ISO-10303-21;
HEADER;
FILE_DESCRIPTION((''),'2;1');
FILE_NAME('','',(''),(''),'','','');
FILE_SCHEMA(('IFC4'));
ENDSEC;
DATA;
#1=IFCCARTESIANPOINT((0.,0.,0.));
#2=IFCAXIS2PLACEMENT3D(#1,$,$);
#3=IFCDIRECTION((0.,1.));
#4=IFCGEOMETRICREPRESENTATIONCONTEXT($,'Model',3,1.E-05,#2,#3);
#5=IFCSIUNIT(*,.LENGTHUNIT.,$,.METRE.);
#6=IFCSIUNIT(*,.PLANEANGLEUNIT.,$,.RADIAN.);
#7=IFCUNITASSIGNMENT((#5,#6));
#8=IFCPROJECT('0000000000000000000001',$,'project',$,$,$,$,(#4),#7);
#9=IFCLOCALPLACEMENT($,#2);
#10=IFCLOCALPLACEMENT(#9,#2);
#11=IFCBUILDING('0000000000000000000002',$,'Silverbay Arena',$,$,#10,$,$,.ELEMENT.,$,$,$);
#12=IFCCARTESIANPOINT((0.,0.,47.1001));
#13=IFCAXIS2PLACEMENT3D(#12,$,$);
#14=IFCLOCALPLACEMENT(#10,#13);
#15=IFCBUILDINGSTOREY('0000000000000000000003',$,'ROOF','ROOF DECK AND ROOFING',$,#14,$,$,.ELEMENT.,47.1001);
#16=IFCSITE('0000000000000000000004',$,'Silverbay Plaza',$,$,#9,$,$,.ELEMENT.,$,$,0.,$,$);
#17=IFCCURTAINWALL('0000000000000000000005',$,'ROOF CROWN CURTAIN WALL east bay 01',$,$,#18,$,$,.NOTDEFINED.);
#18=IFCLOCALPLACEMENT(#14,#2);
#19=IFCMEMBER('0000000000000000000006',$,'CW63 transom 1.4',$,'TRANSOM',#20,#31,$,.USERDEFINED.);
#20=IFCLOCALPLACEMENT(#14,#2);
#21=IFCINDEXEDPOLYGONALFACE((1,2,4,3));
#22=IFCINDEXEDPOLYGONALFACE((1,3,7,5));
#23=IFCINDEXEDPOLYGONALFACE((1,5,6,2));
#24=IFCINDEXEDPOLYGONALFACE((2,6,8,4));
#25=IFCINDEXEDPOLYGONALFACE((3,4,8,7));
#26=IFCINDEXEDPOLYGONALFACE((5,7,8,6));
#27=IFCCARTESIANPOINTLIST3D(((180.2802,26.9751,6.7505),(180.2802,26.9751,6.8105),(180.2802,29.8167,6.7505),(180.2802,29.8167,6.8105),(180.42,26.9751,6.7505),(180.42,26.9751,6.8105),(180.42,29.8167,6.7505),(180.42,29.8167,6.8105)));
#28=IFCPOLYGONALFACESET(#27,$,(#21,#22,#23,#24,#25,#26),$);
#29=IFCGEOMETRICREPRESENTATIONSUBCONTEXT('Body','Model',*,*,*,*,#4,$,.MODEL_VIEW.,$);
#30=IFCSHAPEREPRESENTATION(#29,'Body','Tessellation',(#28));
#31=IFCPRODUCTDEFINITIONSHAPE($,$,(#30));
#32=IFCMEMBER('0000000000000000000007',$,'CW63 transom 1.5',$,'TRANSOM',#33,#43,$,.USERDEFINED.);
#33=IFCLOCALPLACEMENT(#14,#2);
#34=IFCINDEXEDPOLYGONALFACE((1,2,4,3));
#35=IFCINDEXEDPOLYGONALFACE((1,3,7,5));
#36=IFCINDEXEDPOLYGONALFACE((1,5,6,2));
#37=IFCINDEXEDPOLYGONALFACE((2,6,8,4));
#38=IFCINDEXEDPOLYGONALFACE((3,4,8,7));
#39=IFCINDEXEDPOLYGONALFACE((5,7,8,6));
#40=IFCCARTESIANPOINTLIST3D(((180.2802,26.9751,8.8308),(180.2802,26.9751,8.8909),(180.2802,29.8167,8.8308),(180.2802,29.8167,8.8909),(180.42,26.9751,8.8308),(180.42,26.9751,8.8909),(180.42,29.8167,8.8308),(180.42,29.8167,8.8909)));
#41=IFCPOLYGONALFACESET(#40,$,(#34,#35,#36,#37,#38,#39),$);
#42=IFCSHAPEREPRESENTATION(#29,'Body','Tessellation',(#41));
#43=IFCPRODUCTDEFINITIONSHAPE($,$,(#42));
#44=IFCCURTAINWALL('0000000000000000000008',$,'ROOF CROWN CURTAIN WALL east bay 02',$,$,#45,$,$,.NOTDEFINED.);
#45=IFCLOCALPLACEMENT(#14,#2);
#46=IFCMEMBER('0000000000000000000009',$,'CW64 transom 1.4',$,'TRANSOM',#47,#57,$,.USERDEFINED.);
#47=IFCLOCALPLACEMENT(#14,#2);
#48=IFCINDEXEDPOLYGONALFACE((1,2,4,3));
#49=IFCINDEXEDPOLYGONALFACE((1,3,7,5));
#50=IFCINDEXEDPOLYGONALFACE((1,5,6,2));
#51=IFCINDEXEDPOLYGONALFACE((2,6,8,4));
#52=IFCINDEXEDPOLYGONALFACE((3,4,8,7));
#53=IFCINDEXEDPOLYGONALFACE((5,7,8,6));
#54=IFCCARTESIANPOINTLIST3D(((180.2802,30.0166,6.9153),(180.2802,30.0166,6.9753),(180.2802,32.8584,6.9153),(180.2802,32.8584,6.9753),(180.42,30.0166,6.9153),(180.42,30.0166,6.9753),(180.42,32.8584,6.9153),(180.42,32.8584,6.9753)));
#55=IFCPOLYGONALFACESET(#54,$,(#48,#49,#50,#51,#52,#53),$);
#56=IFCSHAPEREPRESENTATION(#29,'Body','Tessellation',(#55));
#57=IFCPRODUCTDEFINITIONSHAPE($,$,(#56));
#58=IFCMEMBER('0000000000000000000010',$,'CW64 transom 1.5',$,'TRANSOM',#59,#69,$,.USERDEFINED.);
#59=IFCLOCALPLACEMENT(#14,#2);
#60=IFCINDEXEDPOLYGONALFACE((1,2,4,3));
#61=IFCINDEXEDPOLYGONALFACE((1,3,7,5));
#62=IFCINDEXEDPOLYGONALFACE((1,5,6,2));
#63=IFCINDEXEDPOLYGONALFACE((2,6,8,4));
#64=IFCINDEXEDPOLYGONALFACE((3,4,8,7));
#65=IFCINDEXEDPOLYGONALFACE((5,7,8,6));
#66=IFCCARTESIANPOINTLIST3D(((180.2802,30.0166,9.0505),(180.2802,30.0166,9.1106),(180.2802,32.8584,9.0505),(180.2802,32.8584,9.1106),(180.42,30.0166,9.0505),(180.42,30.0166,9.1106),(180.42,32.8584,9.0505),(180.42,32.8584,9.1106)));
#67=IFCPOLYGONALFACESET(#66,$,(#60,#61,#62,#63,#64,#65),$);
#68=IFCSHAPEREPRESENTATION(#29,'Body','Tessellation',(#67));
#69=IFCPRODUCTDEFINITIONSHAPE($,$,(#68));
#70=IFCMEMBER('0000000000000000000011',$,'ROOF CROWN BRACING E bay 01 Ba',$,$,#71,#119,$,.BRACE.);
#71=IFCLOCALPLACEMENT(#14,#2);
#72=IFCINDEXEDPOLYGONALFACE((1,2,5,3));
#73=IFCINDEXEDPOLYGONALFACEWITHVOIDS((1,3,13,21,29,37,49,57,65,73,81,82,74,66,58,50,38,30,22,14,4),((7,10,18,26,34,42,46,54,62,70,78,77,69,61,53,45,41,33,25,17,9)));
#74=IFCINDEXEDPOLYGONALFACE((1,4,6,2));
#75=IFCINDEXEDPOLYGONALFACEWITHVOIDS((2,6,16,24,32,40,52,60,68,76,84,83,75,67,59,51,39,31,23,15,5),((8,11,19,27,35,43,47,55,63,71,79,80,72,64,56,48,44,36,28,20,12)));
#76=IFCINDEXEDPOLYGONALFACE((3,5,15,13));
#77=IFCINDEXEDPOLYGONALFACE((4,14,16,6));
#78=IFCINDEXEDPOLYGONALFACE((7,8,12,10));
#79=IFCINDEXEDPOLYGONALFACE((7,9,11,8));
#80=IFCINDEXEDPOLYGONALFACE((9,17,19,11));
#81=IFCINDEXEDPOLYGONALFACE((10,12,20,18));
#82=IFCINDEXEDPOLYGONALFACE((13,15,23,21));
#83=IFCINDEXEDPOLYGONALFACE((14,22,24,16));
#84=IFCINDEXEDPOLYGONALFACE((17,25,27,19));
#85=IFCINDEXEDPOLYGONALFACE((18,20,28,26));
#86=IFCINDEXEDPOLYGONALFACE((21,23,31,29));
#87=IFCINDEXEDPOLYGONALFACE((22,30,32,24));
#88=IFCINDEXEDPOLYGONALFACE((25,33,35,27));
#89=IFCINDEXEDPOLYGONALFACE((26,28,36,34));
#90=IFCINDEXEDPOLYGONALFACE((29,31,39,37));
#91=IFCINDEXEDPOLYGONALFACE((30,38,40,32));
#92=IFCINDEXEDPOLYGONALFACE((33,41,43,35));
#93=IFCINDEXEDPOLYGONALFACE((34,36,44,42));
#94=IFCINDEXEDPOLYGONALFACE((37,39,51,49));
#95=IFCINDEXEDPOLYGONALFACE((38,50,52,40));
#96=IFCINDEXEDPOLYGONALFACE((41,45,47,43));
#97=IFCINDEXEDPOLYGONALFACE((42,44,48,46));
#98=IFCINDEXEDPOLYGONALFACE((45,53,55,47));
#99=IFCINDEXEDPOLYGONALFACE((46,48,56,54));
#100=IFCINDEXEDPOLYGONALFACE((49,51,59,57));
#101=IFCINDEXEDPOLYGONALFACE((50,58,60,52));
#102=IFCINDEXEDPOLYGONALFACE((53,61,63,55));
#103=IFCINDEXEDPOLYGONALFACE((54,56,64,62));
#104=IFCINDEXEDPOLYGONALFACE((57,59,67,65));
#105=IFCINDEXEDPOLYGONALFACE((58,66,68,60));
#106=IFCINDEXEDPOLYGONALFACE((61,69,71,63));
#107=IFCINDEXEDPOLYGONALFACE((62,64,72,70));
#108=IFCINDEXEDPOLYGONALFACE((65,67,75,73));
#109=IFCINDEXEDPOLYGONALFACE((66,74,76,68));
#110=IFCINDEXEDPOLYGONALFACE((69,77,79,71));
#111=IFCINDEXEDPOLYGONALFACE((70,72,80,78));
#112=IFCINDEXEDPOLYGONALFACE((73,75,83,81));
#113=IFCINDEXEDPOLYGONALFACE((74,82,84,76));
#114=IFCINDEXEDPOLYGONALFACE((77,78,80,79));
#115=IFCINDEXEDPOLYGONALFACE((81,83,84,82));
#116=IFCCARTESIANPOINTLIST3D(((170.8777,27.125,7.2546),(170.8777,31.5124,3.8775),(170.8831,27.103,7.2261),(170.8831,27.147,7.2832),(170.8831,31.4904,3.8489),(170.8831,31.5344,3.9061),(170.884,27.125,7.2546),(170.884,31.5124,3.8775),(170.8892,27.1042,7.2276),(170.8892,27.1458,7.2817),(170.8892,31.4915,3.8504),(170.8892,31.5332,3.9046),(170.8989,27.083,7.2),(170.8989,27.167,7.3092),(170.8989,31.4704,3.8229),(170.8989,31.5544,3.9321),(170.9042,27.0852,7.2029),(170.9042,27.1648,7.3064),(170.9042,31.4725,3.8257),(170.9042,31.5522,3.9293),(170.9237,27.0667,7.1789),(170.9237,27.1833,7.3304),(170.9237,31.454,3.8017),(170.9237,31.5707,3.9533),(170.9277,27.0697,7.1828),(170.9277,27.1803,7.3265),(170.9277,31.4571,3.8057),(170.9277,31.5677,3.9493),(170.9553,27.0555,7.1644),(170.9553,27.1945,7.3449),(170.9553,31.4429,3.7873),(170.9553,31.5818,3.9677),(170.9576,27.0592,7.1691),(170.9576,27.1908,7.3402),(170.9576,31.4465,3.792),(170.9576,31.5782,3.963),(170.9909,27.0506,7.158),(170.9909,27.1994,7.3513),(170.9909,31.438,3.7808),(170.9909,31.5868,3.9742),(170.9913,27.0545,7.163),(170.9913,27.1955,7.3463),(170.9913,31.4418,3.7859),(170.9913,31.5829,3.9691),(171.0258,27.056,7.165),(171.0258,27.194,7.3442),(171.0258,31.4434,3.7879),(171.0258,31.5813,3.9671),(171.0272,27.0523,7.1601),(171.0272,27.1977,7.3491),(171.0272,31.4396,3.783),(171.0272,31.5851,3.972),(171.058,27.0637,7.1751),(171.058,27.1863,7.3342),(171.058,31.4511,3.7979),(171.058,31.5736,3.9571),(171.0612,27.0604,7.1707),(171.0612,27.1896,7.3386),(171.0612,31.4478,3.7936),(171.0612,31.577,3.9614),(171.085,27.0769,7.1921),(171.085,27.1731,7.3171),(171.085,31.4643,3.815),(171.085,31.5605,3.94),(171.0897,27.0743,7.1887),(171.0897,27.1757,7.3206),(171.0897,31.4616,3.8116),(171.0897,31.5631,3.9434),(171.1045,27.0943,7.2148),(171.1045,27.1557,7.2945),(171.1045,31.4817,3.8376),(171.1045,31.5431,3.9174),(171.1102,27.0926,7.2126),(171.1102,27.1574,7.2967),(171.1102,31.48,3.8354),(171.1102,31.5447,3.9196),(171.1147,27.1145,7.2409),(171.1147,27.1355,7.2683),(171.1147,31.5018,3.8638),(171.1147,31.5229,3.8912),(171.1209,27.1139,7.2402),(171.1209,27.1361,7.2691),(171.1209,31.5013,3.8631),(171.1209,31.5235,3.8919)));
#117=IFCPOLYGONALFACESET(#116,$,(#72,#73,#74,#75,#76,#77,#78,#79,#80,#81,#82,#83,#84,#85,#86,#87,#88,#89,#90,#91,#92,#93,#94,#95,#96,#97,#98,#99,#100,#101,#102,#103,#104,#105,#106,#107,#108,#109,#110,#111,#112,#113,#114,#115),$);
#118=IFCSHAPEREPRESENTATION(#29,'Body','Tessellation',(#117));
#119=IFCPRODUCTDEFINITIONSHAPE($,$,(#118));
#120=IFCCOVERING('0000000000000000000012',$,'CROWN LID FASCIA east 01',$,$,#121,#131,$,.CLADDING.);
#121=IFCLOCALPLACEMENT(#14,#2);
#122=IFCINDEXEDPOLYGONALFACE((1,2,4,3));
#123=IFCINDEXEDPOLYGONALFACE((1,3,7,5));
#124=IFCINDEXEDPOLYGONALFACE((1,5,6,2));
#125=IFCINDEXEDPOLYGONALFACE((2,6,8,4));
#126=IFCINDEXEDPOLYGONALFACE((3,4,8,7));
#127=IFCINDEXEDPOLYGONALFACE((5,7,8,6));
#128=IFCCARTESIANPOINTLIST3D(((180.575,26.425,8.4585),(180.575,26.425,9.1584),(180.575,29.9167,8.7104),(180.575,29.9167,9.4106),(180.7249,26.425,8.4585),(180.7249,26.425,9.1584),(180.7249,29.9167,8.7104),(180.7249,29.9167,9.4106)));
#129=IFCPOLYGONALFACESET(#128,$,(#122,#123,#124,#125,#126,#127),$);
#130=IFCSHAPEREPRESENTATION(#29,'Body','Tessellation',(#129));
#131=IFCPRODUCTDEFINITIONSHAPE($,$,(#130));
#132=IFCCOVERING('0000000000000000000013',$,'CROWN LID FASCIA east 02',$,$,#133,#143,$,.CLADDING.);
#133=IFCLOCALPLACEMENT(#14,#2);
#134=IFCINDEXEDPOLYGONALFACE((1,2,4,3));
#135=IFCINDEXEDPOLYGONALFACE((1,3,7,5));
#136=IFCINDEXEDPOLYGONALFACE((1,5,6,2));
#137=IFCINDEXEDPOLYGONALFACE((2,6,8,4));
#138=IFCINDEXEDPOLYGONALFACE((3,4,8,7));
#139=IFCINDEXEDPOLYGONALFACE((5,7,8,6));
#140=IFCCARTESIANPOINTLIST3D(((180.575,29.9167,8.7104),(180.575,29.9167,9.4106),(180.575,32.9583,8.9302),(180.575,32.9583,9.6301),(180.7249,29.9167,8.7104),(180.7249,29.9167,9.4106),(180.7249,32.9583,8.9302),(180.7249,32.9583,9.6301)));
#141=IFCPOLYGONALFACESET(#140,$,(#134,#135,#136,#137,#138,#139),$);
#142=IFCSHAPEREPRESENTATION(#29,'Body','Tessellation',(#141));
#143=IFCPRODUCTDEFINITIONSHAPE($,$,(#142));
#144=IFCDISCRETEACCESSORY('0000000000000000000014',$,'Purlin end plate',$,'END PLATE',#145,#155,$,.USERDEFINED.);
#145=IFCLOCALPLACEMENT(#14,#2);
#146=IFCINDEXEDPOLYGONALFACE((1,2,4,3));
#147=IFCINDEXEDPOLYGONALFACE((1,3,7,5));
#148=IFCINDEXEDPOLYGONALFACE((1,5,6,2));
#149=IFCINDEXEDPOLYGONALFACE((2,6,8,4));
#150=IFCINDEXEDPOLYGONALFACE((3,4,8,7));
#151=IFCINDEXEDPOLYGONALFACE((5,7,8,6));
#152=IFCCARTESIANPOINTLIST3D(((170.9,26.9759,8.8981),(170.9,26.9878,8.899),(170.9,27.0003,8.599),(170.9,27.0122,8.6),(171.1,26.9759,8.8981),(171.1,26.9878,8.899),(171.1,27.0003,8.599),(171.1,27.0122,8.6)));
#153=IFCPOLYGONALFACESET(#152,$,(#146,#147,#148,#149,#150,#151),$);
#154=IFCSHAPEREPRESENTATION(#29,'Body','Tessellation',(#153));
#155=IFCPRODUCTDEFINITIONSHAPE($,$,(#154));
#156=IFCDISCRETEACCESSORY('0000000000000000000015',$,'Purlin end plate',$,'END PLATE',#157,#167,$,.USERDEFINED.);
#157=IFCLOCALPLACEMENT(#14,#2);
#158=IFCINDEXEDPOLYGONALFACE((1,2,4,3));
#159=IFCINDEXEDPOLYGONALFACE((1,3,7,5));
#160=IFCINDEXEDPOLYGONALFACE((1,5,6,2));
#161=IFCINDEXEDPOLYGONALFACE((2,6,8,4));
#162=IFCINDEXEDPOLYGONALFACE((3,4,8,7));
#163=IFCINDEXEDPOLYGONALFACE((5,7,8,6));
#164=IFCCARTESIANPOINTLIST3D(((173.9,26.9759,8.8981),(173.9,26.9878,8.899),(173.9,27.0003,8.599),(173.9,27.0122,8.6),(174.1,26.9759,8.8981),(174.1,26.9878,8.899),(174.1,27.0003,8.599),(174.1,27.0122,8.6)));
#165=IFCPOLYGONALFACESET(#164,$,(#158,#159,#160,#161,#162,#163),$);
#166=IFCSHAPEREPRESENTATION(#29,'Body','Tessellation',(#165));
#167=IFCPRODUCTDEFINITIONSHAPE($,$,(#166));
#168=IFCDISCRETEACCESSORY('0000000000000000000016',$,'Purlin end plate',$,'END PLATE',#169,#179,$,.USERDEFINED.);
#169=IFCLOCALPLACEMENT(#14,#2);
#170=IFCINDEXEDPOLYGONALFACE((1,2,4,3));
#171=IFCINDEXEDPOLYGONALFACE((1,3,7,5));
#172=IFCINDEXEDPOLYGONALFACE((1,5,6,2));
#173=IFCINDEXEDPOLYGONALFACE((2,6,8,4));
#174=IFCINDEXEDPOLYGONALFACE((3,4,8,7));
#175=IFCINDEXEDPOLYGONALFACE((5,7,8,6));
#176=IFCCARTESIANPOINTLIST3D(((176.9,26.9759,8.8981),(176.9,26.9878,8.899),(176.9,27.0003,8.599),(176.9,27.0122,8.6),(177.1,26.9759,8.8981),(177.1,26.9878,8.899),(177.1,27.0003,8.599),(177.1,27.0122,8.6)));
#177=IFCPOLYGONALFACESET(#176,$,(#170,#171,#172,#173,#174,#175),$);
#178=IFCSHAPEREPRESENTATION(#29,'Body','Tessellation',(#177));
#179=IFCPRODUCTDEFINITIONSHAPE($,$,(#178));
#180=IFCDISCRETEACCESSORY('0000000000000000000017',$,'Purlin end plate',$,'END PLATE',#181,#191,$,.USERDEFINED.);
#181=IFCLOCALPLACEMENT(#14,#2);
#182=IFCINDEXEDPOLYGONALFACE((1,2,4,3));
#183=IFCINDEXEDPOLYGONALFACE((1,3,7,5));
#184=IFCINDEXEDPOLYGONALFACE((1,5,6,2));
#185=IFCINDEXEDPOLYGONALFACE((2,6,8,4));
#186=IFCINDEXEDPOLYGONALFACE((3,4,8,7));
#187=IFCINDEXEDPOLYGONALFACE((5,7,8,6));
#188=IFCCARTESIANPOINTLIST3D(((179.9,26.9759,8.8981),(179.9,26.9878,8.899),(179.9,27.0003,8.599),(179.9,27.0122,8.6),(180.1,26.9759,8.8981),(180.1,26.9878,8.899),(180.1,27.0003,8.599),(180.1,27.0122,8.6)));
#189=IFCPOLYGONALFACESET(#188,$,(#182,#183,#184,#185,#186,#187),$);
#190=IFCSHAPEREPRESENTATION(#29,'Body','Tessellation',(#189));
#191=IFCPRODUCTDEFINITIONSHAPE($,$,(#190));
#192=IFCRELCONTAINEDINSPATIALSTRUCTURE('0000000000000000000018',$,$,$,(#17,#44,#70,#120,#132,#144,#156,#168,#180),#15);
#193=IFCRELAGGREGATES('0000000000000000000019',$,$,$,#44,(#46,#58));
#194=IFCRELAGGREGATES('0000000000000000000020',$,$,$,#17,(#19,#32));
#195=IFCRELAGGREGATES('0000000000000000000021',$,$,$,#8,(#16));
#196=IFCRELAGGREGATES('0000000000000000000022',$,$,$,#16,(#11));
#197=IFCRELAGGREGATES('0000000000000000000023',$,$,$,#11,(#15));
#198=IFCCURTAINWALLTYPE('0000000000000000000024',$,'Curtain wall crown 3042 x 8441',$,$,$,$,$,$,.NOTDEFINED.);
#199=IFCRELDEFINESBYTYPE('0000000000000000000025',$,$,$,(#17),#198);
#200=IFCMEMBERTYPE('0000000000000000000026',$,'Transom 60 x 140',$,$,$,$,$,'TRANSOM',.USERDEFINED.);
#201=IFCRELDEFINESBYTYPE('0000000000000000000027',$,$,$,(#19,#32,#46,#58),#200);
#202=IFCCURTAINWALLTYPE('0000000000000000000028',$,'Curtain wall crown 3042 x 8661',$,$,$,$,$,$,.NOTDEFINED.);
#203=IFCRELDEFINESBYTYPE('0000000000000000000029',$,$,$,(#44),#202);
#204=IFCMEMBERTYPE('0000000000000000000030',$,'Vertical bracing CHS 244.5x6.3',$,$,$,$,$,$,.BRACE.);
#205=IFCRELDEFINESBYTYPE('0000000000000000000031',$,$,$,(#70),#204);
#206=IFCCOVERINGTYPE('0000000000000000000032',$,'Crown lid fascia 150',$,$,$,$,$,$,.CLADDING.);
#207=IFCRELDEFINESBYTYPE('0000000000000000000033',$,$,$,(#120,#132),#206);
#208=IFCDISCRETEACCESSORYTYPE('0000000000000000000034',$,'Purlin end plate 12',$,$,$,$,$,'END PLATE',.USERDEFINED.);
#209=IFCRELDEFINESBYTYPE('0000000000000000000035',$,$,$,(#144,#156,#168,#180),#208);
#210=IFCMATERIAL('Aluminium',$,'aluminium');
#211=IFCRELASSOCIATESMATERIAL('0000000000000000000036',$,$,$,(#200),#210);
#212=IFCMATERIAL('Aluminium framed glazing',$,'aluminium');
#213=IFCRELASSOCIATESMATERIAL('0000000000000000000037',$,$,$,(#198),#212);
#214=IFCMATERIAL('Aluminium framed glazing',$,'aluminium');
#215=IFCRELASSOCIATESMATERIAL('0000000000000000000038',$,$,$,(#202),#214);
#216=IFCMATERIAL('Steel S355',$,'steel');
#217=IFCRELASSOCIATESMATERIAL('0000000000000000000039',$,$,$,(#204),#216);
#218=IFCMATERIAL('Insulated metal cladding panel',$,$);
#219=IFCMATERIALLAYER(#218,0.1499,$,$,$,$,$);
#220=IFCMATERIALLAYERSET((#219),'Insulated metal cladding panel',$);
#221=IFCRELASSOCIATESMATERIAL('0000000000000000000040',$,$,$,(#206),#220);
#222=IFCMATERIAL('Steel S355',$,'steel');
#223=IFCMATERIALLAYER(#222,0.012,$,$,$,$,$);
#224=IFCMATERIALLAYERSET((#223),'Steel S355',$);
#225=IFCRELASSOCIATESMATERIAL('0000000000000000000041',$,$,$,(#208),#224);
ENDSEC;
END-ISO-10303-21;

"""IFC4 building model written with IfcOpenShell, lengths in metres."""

from ifc_helpers import new_model, si_unit, direction, frame, origin, origin_2d, place, context, subcontext, project, spatial, polyline, rectangle, hollow_circle, outline, extrude, material, layer, layer_set, material_profile, profile_set, type_object, element, aggregate, save


model = new_model("IFC4")

# Units and contexts
model_context = context("Model", 3, precision=1e-05, world=origin(), true_north=direction((0.0, 1.0)))
body_context = subcontext(model_context, "Body", "Model", "MODEL_VIEW")
ifc_project = project(units=[si_unit("LENGTHUNIT", "METRE"), si_unit("PLANEANGLEUNIT", "RADIAN")], contexts=[model_context])

# Site, building, storey
site_placement = place(None, origin())
site = spatial("IfcSite", under=ifc_project, at=site_placement, Name="Silverbay Plaza", CompositionType="ELEMENT", RefElevation=0.0)
building_placement = place(site_placement, origin())
building = spatial("IfcBuilding", under=site, at=building_placement, Name="Silverbay Arena", CompositionType="ELEMENT")
storey_placement = place(building_placement, frame((0.0, 0.0, 47.1001)))
storey = spatial("IfcBuildingStorey", under=building, at=storey_placement, Name="ROOF", Description="ROOF DECK AND ROOFING", CompositionType="ELEMENT", Elevation=47.1001)

# Curtain walls, members
ifc_material_1 = material(Name="Aluminium", Category="aluminium")
ifc_material_profile_1 = material_profile(ifc_material_1, rectangle(XDim=0.1399, YDim=0.0601, at=origin_2d()), Name="Transom 60 x 140")
ifc_profile_set_1 = profile_set([ifc_material_profile_1], Name="Aluminium")
member_type_1 = type_object("IfcMemberType", Name="Transom 60 x 140", ElementType="TRANSOM", PredefinedType="USERDEFINED", material=ifc_profile_set_1)
placement = place(building_placement, frame((0.0, 0.0, 33.5)))
ifc_material_2 = material(Name="Aluminium framed glazing", Category="aluminium")
curtain_wall_type_1 = type_object("IfcCurtainWallType", Name="Curtain wall crown 3042 x 8441", PredefinedType="NOTDEFINED", material=ifc_material_2)
curtain_wall_1_placement = place(storey_placement, origin())
curtain_wall_1 = element("IfcCurtainWall", 1, at=curtain_wall_1_placement, inside=storey, type_object=curtain_wall_type_1, Name="ROOF CROWN CURTAIN WALL east bay 01", PredefinedType="NOTDEFINED")
member_1_placement = place(placement, frame((180.3501, 26.9751, 20.3806), z_axis=(0.0, 1.0, 0.0), x_axis=(-1.0, 0.0, 0.0)))
member_1 = element("IfcMember", 2, at=member_1_placement, type_object=member_type_1, Name="CW63 transom 1.4", ObjectType="TRANSOM", PredefinedType="USERDEFINED", context=body_context, shape_type="SweptSolid", body=[
    extrude(rectangle(XDim=0.1399, YDim=0.0601, at=origin_2d()), origin(), (0.0, 0.0, 1.0), 2.8416),
])
member_2_placement = place(placement, frame((180.3501, 26.9751, 22.4609), z_axis=(0.0, 1.0, 0.0), x_axis=(-1.0, 0.0, 0.0)))
member_2 = element("IfcMember", 3, at=member_2_placement, type_object=member_type_1, Name="CW63 transom 1.5", ObjectType="TRANSOM", PredefinedType="USERDEFINED", context=body_context, shape_type="SweptSolid", body=[
    extrude(rectangle(XDim=0.1399, YDim=0.0601, at=origin_2d()), origin(), (0.0, 0.0, 1.0), 2.8416),
])
ifc_material_3 = material(Name="Aluminium framed glazing", Category="aluminium")
curtain_wall_type_2 = type_object("IfcCurtainWallType", Name="Curtain wall crown 3042 x 8661", PredefinedType="NOTDEFINED", material=ifc_material_3)
curtain_wall_2_placement = place(storey_placement, origin())
curtain_wall_2 = element("IfcCurtainWall", 4, at=curtain_wall_2_placement, inside=storey, type_object=curtain_wall_type_2, Name="ROOF CROWN CURTAIN WALL east bay 02", PredefinedType="NOTDEFINED")
member_3_placement = place(placement, frame((180.3501, 30.0166, 20.5454), z_axis=(0.0, 1.0, 0.0), x_axis=(-1.0, 0.0, 0.0)))
member_3 = element("IfcMember", 5, at=member_3_placement, type_object=member_type_1, Name="CW64 transom 1.4", ObjectType="TRANSOM", PredefinedType="USERDEFINED", context=body_context, shape_type="SweptSolid", body=[
    extrude(rectangle(XDim=0.1399, YDim=0.0601, at=origin_2d()), origin(), (0.0, 0.0, 1.0), 2.8418),
])
member_4_placement = place(placement, frame((180.3501, 30.0166, 22.6807), z_axis=(0.0, 1.0, 0.0), x_axis=(-1.0, 0.0, 0.0)))
member_4 = element("IfcMember", 6, at=member_4_placement, type_object=member_type_1, Name="CW64 transom 1.5", ObjectType="TRANSOM", PredefinedType="USERDEFINED", context=body_context, shape_type="SweptSolid", body=[
    extrude(rectangle(XDim=0.1399, YDim=0.0601, at=origin_2d()), origin(), (0.0, 0.0, 1.0), 2.8418),
])
aggregate(curtain_wall_2, [member_3, member_4])

# Member
ifc_material_4 = material(Name="Steel S355", Category="steel")
ifc_material_profile_2 = material_profile(ifc_material_4, hollow_circle(Radius=0.1223, WallThickness=0.0063, at=origin_2d()), Name="CHS 244.5x6.3")
ifc_profile_set_2 = profile_set([ifc_material_profile_2], Name="Steel S355")
member_type_2 = type_object("IfcMemberType", Name="Vertical bracing CHS 244.5x6.3", PredefinedType="BRACE", material=ifc_profile_set_2)
member_5_placement = place(storey_placement, frame((171.0, 27.125, 7.2546), z_axis=(0.0, 0.792429, -0.609964), x_axis=(-1.0, 0.0, 0.0)))
element("IfcMember", 7, at=member_5_placement, inside=storey, type_object=member_type_2, Name="ROOF CROWN BRACING E bay 01 Ba", PredefinedType="BRACE", context=body_context, shape_type="SweptSolid", body=[
    extrude(hollow_circle(Radius=0.1223, WallThickness=0.0063, at=origin_2d()), origin(), (0.0, 0.0, 1.0), 5.5366),
])

aggregate(curtain_wall_1, [member_1, member_2])

# Coverings
ifc_material_5 = material(Name="Insulated metal cladding panel")
ifc_layer_1 = layer(ifc_material_5, 0.1499)
ifc_layer_set_1 = layer_set([ifc_layer_1], Name="Insulated metal cladding panel")
covering_type = type_object("IfcCoveringType", Name="Crown lid fascia 150", PredefinedType="CLADDING", material=ifc_layer_set_1)
covering_1_placement = place(storey_placement, frame((180.575, 26.425, 9.1584), z_axis=(-1.0, 0.0, 0.0), x_axis=(0.0, 0.997402, 0.07204)))
element("IfcCovering", 8, at=covering_1_placement, inside=storey, type_object=covering_type, Name="CROWN LID FASCIA east 01", PredefinedType="CLADDING", context=body_context, shape_type="SweptSolid", body=[
    extrude(outline(polyline([(0.0, 0.0), (3.5008, 0.0), (3.4504, 0.6984), (-0.0504, 0.6981), (0.0, 0.0)])), origin(), (0.0, 0.0, -1.0), 0.1499),
])
covering_2_placement = place(storey_placement, frame((180.575, 29.9167, 9.4106), z_axis=(-1.0, 0.0, 0.0), x_axis=(0.0, 0.997406, 0.071975)))
element("IfcCovering", 9, at=covering_2_placement, inside=storey, type_object=covering_type, Name="CROWN LID FASCIA east 02", PredefinedType="CLADDING", context=body_context, shape_type="SweptSolid", body=[
    extrude(outline(polyline([(0.0, 0.0), (3.0494, 0.0), (2.999, 0.6981), (-0.0504, 0.6984), (0.0, 0.0)])), origin(), (0.0, 0.0, -1.0), 0.1499),
])

# Discrete accessories
ifc_material_6 = material(Name="Steel S355", Category="steel")
ifc_layer_2 = layer(ifc_material_6, 0.012)
ifc_layer_set_2 = layer_set([ifc_layer_2], Name="Steel S355")
discrete_accessory_type_1 = type_object("IfcDiscreteAccessoryType", Name="Purlin end plate 12", ElementType="END PLATE", PredefinedType="USERDEFINED", material=ifc_layer_set_2)
for number, where, z_axis, x_axis, name in (
    (10, (171.0, 27.0, 8.7495), (0.0, -0.996685, -0.081362), (1.0, 0.0, 0.0), "Purlin end plate"),
    (11, (174.0, 27.0, 8.7495), (0.0, -0.996685, -0.081362), (1.0, 0.0, 0.0), "Purlin end plate"),
    (12, (177.0, 27.0, 8.7495), (0.0, -0.996685, -0.081362), (1.0, 0.0, 0.0), "Purlin end plate"),
    (13, (180.0, 27.0, 8.7495), (0.0, -0.996685, -0.081362), (1.0, 0.0, 0.0), "Purlin end plate"),
):
    element("IfcDiscreteAccessory", number, at=place(storey_placement, frame(where, z_axis=z_axis, x_axis=x_axis)), inside=storey, type_object=discrete_accessory_type_1, Name=name, ObjectType="END PLATE", PredefinedType="USERDEFINED", context=body_context, shape_type="SweptSolid", body=[
        extrude(rectangle(XDim=0.2, YDim=0.3, at=origin_2d()), origin(), (0.0, 0.0, 1.0), 0.012),
    ])

save(model, "model.ifc")
